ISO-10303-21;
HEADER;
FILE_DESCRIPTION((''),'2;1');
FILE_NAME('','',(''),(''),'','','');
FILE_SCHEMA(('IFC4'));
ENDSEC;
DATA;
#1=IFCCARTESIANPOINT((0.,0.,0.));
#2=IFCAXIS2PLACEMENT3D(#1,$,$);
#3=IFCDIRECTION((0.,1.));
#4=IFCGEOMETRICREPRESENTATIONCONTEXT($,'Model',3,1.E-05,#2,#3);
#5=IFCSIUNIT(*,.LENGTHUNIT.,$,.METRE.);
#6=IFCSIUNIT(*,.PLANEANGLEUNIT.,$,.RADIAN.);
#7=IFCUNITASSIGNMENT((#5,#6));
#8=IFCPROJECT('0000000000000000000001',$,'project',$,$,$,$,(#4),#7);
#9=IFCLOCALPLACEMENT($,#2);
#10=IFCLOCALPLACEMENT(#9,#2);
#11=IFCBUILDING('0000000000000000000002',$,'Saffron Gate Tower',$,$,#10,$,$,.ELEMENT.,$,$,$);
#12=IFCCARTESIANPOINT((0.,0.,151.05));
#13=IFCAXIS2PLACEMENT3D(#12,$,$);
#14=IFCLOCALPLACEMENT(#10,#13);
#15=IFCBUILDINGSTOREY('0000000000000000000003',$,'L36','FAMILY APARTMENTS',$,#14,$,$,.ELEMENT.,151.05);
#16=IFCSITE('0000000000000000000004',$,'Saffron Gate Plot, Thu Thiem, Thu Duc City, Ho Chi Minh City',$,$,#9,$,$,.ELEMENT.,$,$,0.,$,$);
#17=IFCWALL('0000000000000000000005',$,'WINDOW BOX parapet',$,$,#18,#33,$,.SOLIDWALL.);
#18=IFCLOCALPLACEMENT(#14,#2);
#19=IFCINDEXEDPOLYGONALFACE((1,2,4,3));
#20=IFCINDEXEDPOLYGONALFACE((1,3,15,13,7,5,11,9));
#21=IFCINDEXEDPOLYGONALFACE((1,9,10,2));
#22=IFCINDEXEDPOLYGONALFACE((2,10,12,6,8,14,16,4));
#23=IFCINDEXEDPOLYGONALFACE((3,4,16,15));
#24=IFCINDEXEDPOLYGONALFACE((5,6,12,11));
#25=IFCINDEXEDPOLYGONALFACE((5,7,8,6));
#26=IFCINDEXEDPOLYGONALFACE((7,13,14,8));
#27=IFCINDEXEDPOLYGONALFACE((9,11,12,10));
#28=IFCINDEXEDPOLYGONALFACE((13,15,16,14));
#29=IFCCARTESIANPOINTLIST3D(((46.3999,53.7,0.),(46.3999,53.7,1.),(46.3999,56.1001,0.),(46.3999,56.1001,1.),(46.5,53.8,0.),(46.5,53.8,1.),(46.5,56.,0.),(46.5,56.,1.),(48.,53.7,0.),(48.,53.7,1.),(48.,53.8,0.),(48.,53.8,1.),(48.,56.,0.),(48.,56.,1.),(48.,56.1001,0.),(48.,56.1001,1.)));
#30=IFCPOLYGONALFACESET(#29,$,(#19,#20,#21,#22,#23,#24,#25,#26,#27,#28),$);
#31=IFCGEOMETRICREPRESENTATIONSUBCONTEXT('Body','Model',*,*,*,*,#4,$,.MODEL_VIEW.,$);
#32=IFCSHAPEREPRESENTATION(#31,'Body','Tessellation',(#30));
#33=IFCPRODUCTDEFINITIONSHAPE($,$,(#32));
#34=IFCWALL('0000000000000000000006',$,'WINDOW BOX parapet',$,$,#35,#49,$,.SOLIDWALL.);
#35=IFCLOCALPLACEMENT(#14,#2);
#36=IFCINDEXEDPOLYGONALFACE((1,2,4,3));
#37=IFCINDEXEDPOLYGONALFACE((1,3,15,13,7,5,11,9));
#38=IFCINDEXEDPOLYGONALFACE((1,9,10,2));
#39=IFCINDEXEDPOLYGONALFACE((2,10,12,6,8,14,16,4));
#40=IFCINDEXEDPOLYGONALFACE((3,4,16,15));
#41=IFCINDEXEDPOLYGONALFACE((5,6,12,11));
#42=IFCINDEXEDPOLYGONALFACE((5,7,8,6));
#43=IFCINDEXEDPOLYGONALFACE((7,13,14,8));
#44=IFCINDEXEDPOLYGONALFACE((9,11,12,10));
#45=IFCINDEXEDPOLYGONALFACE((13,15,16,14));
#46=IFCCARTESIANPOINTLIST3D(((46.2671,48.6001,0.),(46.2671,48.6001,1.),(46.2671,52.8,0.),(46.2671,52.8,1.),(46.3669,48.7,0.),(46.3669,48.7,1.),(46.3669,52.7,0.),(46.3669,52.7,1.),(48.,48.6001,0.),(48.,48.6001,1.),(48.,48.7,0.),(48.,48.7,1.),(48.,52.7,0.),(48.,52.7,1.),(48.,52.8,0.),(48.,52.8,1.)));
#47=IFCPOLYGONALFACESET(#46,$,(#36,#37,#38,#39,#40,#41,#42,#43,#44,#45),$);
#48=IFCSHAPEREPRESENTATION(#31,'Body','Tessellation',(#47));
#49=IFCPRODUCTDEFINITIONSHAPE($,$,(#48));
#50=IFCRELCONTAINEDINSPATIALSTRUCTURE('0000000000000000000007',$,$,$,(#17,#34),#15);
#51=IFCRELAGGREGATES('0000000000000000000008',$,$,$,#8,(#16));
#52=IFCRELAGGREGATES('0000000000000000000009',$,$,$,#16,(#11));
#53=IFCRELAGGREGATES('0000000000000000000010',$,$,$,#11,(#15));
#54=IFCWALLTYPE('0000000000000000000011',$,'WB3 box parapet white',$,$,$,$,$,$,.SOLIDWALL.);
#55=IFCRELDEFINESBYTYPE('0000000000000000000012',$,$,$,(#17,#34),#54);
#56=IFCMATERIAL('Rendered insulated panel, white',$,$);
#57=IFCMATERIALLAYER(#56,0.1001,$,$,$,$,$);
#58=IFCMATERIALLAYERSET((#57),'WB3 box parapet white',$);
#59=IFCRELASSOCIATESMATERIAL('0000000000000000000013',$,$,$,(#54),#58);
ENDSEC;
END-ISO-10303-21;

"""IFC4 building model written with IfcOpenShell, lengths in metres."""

from ifc_helpers import new_model, si_unit, direction, frame, origin, place, context, subcontext, project, spatial, polyline, outline, extrude, material, layer, layer_set, type_object, element, save


model = new_model("IFC4")

# Units and contexts
model_context = context("Model", 3, precision=1e-05, world=origin(), true_north=direction((0.0, 1.0)))
body_context = subcontext(model_context, "Body", "Model", "MODEL_VIEW")
ifc_project = project(units=[si_unit("LENGTHUNIT", "METRE"), si_unit("PLANEANGLEUNIT", "RADIAN")], contexts=[model_context])

# Site, building, storey
site_placement = place(None, origin())
site = spatial("IfcSite", under=ifc_project, at=site_placement, Name="Saffron Gate Plot, Thu Thiem, Thu Duc City, Ho Chi Minh City", CompositionType="ELEMENT", RefElevation=0.0)
building_placement = place(site_placement, origin())
building = spatial("IfcBuilding", under=site, at=building_placement, Name="Saffron Gate Tower", CompositionType="ELEMENT")
storey_placement = place(building_placement, frame((0.0, 0.0, 151.05)))
storey = spatial("IfcBuildingStorey", under=building, at=storey_placement, Name="L36", Description="FAMILY APARTMENTS", CompositionType="ELEMENT", Elevation=151.05)

# Walls
ifc_material_1 = material(Name="Rendered insulated panel, white")
ifc_layer_1 = layer(ifc_material_1, 0.1001)
ifc_layer_set_1 = layer_set([ifc_layer_1], Name="WB3 box parapet white")
wall_type = type_object("IfcWallType", Name="WB3 box parapet white", PredefinedType="SOLIDWALL", material=ifc_layer_set_1)
wall_1_placement = place(storey_placement, origin())
element("IfcWall", 1, at=wall_1_placement, inside=storey, type_object=wall_type, Name="WINDOW BOX parapet", PredefinedType="SOLIDWALL", context=body_context, shape_type="SweptSolid", body=[
    extrude(outline(polyline([(48.0, 56.1001), (48.0, 56.0), (46.5, 56.0), (46.5, 53.8), (48.0, 53.8), (48.0, 53.7), (46.3999, 53.7), (46.3999, 56.1001), (48.0, 56.1001)])), origin(), (0.0, 0.0, 1.0), 1.0),
])
wall_2_placement = place(storey_placement, origin())
element("IfcWall", 2, at=wall_2_placement, inside=storey, type_object=wall_type, Name="WINDOW BOX parapet", PredefinedType="SOLIDWALL", context=body_context, shape_type="SweptSolid", body=[
    extrude(outline(polyline([(48.0, 52.8), (48.0, 52.7), (46.3669, 52.7), (46.3669, 48.7), (48.0, 48.7), (48.0, 48.6001), (46.2671, 48.6001), (46.2671, 52.8), (48.0, 52.8)])), origin(), (0.0, 0.0, 1.0), 1.0),
])

save(model, "model.ifc")
